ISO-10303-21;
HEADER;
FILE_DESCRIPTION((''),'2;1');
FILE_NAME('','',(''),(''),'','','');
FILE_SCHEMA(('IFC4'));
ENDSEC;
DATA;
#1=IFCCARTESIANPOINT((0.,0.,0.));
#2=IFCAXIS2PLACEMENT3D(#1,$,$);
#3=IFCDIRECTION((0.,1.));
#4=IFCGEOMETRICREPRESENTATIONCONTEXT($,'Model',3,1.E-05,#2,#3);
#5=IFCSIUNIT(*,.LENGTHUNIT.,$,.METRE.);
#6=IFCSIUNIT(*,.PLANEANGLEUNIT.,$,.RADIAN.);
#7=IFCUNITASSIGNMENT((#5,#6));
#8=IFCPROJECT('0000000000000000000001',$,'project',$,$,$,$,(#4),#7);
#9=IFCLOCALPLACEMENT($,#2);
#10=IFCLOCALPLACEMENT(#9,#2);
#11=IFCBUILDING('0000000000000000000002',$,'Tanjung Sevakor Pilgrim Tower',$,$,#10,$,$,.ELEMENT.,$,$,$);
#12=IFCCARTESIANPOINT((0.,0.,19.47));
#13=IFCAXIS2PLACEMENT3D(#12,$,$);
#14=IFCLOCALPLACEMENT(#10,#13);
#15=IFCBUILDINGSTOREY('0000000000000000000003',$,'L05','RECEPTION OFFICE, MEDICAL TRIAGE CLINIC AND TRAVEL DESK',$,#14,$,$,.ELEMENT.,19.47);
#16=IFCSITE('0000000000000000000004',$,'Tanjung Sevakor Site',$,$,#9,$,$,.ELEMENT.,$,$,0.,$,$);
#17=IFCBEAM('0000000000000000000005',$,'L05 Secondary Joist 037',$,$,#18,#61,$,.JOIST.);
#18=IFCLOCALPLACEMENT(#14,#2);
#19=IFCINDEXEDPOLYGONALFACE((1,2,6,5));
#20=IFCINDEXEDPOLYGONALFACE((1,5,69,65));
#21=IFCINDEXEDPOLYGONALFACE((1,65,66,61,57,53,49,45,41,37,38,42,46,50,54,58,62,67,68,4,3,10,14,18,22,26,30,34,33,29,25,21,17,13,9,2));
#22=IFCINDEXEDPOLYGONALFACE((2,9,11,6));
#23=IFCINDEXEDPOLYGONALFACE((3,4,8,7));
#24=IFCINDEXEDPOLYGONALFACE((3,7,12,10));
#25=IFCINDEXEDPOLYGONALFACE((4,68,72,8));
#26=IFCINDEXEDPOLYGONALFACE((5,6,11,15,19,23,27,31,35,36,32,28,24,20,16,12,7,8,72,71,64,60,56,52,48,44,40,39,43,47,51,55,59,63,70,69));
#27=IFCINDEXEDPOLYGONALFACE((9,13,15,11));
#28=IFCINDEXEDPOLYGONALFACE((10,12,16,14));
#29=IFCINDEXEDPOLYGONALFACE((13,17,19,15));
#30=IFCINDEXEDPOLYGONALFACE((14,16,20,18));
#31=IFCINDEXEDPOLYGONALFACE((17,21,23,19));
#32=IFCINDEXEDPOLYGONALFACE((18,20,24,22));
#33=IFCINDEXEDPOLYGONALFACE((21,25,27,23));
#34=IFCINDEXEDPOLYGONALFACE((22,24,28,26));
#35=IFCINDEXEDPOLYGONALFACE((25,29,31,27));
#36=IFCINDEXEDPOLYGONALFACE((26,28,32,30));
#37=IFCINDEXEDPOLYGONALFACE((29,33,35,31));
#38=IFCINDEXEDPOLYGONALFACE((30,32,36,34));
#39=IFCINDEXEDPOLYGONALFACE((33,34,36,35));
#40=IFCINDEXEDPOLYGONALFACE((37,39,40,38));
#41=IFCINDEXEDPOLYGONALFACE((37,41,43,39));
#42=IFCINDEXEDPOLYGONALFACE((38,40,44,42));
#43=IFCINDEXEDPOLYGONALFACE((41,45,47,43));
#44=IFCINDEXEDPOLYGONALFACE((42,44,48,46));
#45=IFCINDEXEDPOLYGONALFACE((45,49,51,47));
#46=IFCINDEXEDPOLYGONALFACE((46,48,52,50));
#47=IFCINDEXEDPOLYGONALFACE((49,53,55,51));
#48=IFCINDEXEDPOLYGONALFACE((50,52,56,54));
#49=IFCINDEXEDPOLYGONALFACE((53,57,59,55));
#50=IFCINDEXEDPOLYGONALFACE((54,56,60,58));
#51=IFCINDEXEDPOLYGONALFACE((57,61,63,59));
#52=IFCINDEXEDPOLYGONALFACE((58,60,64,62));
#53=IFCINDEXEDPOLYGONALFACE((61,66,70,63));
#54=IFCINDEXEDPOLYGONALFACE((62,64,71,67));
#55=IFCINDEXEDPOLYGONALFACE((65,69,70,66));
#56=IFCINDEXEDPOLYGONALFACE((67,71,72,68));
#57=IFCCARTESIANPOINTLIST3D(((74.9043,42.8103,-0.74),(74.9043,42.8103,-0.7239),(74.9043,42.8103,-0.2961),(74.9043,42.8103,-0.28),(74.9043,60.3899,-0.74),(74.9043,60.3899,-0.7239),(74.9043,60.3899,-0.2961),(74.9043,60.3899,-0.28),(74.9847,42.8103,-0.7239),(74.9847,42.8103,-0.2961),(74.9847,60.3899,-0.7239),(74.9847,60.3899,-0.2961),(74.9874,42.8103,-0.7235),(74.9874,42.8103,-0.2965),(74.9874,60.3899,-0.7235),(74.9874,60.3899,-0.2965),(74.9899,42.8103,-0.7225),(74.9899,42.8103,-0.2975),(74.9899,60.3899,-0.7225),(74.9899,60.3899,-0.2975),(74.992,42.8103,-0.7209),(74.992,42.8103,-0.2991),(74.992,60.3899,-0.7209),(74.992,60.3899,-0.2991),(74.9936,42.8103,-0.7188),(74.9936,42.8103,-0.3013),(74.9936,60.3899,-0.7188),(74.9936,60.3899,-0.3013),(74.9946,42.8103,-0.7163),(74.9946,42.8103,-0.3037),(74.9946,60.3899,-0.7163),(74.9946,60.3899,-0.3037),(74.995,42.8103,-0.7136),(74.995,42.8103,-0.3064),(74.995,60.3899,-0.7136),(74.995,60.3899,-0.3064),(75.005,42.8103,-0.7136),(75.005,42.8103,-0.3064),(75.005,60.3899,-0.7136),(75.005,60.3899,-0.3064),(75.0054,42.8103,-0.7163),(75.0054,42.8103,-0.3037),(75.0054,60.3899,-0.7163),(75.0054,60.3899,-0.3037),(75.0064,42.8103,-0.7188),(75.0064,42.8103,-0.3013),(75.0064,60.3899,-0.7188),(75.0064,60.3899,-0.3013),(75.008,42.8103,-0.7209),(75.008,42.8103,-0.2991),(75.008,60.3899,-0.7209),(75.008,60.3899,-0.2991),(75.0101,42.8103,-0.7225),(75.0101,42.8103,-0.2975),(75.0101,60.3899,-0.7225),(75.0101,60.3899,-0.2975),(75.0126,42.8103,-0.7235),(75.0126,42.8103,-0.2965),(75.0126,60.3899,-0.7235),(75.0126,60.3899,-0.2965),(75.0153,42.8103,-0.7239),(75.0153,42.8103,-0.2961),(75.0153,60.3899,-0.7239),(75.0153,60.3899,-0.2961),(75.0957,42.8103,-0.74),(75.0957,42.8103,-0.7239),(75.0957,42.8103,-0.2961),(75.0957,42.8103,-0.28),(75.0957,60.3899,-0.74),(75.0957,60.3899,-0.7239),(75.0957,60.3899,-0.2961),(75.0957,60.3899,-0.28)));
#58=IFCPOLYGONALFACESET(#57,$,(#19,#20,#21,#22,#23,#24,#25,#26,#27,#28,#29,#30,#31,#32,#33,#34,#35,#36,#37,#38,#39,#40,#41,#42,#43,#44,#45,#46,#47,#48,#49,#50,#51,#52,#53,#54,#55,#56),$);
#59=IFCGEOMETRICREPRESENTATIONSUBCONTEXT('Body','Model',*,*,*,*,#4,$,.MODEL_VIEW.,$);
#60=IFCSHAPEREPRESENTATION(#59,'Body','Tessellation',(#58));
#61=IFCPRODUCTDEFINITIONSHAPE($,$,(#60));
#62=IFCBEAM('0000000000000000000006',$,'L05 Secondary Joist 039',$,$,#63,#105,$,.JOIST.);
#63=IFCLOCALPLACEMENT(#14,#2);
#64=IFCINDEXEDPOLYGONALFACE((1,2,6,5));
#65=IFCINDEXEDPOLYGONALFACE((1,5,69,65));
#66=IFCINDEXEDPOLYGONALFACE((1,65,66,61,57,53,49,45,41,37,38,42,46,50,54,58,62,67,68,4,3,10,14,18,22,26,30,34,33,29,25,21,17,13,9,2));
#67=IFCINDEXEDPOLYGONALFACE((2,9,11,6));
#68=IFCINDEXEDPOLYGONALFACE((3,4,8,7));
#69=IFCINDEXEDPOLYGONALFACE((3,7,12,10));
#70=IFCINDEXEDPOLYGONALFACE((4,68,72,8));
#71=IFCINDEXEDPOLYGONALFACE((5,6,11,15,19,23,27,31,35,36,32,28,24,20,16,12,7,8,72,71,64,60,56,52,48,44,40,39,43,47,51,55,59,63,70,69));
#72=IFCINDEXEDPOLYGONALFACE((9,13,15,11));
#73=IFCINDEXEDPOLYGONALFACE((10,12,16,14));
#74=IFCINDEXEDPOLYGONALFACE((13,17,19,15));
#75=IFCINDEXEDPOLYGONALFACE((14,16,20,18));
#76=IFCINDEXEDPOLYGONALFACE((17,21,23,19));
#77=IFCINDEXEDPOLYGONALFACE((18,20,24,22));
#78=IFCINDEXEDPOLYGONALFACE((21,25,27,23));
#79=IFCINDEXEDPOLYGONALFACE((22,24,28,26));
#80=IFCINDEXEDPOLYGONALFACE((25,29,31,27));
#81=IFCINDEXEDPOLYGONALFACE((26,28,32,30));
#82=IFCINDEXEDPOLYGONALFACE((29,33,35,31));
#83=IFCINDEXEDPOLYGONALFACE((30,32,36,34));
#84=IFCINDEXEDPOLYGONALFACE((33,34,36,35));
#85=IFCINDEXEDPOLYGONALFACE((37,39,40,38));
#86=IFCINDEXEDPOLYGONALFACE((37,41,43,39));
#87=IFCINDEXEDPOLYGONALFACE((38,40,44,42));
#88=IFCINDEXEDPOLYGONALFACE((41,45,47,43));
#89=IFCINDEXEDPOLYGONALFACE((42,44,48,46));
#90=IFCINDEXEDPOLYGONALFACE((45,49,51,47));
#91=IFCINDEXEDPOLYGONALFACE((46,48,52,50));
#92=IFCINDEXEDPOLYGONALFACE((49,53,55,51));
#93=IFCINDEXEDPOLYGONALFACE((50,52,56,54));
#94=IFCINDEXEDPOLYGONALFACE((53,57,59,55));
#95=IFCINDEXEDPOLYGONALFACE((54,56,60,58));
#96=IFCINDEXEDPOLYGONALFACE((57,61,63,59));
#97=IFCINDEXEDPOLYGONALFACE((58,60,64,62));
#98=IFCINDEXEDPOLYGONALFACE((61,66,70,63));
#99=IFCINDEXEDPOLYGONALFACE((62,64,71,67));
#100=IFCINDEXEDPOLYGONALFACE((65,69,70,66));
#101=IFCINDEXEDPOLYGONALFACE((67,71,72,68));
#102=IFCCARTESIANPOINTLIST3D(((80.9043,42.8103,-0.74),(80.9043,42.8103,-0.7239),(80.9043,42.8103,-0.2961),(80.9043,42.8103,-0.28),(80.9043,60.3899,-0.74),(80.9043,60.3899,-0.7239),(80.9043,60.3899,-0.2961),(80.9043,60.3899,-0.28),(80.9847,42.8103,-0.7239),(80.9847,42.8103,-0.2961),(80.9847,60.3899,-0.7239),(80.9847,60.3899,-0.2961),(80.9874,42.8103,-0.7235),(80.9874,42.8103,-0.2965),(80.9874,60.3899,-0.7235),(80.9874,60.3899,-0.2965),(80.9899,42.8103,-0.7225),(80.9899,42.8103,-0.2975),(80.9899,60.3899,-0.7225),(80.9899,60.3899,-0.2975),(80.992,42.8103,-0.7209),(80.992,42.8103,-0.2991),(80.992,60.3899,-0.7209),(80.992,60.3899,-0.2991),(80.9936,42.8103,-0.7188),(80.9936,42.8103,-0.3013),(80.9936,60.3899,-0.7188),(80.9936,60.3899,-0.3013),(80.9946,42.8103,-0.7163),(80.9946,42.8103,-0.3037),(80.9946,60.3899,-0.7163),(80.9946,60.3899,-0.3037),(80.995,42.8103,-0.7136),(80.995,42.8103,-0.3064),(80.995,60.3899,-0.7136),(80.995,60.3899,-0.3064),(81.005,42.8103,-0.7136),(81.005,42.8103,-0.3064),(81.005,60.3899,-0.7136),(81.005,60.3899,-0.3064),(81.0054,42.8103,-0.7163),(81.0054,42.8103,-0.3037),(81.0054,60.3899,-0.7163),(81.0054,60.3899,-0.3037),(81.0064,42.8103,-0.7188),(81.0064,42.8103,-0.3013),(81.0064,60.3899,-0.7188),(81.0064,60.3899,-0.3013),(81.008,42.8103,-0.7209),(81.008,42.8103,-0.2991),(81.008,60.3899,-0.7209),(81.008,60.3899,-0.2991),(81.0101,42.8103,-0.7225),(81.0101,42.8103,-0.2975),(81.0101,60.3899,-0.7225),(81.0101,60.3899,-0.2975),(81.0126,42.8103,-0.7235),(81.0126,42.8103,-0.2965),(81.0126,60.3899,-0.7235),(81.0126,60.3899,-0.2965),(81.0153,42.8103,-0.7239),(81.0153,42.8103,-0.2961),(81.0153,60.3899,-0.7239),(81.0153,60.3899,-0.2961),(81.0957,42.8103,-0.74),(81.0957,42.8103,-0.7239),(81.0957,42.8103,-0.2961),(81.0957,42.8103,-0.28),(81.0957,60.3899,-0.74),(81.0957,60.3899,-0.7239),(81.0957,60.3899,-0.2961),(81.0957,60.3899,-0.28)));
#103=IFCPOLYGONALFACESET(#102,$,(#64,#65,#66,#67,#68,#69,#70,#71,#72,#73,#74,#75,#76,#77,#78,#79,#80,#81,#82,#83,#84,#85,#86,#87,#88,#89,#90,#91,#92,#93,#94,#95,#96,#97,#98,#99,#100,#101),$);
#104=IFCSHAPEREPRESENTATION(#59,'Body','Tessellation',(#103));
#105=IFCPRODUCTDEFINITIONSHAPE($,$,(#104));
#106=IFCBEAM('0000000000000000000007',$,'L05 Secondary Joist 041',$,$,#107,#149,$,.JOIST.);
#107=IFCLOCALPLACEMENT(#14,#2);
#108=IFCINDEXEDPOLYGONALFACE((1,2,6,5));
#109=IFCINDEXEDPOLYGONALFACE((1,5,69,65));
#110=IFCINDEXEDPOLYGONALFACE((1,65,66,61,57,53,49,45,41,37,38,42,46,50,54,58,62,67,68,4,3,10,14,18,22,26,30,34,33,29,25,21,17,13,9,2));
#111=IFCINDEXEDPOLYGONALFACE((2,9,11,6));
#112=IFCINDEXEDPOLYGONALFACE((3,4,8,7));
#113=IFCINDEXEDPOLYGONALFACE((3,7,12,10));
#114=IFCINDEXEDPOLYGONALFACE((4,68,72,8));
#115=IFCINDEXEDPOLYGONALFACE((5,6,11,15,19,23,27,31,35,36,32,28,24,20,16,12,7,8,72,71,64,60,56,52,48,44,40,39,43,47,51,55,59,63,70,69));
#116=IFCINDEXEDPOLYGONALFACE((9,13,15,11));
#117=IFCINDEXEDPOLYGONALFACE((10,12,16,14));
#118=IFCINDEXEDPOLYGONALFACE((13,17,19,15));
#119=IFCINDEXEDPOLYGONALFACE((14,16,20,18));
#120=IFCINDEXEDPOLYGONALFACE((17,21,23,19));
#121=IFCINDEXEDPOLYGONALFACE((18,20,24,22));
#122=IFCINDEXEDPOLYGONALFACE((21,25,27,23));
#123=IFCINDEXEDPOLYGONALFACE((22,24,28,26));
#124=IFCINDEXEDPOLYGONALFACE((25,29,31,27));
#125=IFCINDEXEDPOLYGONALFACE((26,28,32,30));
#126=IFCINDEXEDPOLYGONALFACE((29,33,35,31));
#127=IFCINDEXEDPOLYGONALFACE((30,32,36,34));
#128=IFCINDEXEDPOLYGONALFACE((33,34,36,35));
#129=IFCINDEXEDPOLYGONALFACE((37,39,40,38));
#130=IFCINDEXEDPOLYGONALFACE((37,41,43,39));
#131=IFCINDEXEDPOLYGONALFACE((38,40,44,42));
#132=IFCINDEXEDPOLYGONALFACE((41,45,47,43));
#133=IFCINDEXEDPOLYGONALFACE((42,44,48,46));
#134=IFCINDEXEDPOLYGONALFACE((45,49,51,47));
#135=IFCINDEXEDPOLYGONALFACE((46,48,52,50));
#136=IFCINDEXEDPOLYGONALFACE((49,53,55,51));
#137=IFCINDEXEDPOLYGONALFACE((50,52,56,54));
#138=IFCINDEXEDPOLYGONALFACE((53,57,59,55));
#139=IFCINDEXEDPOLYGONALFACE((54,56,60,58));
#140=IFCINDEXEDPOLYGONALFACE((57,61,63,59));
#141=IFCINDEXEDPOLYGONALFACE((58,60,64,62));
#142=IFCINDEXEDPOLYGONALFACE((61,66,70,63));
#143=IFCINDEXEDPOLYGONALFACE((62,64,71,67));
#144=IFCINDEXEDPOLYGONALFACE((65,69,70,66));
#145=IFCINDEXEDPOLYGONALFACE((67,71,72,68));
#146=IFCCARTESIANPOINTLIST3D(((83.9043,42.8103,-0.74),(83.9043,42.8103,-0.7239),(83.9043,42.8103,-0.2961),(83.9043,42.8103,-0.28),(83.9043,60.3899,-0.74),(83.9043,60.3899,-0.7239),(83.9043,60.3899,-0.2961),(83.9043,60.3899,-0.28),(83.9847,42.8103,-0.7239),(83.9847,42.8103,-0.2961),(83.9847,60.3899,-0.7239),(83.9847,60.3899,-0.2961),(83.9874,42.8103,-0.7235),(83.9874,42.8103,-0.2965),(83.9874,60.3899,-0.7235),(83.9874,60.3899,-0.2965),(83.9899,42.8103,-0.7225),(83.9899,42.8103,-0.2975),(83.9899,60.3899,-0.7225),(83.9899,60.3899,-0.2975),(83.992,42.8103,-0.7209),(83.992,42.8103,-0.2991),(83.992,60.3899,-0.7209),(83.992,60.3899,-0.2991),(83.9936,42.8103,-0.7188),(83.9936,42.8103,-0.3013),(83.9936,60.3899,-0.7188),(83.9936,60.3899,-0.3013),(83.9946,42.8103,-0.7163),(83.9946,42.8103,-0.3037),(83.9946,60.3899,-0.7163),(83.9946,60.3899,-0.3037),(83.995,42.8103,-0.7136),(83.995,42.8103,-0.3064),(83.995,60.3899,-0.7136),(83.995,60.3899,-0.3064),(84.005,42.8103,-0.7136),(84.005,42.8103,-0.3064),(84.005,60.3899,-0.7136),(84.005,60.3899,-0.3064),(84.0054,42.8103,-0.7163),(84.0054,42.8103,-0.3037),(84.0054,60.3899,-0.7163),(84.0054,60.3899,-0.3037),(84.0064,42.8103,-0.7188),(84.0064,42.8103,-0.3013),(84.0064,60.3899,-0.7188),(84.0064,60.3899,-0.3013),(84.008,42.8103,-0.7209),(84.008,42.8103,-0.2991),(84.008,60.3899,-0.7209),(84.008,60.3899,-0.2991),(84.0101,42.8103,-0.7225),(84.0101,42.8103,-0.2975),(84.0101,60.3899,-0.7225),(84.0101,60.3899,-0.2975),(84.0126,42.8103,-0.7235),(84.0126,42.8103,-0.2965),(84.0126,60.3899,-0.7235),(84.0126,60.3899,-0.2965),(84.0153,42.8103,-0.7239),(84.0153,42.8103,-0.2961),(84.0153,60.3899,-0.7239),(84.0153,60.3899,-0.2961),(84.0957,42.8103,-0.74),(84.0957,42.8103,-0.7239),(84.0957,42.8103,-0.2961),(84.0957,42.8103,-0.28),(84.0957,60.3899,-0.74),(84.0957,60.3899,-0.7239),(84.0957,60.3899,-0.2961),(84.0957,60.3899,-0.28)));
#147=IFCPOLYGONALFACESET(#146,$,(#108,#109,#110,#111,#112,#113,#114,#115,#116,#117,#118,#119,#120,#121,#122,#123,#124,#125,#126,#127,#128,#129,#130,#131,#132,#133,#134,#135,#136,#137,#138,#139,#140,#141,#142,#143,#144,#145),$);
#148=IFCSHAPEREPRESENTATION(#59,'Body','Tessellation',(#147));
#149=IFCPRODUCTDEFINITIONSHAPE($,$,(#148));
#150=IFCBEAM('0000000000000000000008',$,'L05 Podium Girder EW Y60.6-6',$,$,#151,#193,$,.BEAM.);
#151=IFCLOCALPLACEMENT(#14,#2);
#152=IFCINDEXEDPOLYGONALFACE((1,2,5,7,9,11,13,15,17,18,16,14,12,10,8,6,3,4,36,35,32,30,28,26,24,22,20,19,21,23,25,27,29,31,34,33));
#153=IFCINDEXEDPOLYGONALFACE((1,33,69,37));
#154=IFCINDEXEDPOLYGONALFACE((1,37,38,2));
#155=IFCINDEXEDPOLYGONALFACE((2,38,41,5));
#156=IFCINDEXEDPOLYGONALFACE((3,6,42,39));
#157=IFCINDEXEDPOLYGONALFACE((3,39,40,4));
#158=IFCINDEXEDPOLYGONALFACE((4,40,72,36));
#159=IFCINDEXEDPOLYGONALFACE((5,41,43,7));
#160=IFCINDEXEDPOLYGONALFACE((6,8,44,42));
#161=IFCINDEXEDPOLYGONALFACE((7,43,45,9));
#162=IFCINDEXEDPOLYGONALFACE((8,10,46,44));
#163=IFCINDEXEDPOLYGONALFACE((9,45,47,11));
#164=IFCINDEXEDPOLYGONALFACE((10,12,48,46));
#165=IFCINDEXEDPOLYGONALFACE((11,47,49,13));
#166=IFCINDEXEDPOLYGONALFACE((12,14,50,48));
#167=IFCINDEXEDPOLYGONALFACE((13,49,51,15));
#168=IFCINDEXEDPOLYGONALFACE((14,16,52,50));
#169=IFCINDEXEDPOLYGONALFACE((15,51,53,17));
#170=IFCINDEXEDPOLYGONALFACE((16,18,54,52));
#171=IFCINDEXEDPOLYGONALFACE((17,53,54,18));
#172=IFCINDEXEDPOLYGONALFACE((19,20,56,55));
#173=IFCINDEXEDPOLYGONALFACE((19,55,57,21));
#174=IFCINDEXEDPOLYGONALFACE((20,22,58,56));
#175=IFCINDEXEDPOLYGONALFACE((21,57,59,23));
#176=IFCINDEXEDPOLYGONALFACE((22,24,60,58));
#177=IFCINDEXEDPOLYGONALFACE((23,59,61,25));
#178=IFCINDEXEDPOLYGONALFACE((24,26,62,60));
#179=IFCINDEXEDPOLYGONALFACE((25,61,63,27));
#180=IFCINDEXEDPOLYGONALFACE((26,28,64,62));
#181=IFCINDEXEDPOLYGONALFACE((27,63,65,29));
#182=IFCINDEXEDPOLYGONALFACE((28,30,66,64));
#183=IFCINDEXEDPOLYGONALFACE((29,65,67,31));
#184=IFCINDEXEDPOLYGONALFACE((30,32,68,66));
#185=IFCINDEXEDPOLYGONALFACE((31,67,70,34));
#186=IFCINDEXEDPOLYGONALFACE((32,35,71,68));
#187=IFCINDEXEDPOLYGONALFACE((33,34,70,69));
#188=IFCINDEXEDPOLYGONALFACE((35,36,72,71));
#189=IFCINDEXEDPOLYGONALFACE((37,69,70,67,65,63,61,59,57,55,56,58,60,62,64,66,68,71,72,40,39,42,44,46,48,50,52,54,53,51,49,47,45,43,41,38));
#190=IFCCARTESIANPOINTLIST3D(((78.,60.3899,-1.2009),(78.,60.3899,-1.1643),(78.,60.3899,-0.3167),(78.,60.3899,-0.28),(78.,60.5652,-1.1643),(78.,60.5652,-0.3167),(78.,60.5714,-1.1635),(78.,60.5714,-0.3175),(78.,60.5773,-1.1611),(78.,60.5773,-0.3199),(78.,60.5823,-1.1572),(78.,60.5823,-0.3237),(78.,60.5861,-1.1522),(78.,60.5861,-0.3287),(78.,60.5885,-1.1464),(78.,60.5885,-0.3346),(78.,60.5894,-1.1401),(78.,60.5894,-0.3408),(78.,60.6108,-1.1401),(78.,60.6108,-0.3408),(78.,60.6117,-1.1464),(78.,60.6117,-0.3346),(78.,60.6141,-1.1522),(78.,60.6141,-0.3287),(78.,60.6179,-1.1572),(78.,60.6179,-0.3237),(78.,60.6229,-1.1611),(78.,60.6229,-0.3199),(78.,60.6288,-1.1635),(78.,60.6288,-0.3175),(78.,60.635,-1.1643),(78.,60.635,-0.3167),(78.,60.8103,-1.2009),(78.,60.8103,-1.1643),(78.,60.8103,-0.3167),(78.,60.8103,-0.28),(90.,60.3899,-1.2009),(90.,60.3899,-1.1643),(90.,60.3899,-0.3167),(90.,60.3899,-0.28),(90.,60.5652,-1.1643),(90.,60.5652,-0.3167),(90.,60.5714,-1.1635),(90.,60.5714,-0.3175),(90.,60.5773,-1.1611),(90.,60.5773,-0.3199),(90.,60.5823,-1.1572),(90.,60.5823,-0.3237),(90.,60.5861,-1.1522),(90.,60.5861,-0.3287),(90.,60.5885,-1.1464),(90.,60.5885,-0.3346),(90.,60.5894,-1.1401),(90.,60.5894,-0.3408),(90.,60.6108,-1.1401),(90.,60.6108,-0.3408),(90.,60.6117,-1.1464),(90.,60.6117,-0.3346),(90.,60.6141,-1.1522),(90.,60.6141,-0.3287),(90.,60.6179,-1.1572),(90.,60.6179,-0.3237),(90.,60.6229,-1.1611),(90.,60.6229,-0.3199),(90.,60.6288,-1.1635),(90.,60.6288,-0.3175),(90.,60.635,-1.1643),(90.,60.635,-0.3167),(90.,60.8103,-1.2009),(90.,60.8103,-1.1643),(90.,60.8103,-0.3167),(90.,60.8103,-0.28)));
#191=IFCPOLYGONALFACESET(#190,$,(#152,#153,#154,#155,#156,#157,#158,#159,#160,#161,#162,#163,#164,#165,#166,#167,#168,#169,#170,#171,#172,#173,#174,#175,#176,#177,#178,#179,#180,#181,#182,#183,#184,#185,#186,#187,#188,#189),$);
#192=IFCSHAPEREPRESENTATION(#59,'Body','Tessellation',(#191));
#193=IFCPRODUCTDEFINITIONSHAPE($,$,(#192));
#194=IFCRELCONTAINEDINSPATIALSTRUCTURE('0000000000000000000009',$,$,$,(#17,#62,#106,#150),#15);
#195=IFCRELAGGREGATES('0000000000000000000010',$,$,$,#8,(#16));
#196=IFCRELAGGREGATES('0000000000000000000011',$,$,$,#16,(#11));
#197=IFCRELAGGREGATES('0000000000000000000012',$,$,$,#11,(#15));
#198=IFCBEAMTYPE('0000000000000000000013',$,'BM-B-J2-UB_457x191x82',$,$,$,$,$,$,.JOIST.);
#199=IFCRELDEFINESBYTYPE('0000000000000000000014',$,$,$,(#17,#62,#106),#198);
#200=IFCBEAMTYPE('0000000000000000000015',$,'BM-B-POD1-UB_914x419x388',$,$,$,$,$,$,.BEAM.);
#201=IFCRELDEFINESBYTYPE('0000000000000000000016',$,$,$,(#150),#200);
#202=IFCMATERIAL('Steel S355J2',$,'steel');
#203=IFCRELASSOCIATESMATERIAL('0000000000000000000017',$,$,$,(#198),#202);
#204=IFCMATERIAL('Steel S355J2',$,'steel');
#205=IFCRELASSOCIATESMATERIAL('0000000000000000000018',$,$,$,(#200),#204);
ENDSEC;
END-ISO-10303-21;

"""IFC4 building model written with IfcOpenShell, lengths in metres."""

from ifc_helpers import new_model, si_unit, direction, frame, origin, origin_2d, place, context, subcontext, project, spatial, i_section, extrude, material, material_profile, profile_set, type_object, element, save


model = new_model("IFC4")

# Units and contexts
model_context = context("Model", 3, precision=1e-05, world=origin(), true_north=direction((0.0, 1.0)))
body_context = subcontext(model_context, "Body", "Model", "MODEL_VIEW")
ifc_project = project(units=[si_unit("LENGTHUNIT", "METRE"), si_unit("PLANEANGLEUNIT", "RADIAN")], contexts=[model_context])

# Site, building, storey
site_placement = place(None, origin())
site = spatial("IfcSite", under=ifc_project, at=site_placement, Name="Tanjung Sevakor Site", CompositionType="ELEMENT", RefElevation=0.0)
building_placement = place(site_placement, origin())
building = spatial("IfcBuilding", under=site, at=building_placement, Name="Tanjung Sevakor Pilgrim Tower", CompositionType="ELEMENT")
storey_placement = place(building_placement, frame((0.0, 0.0, 19.47)))
storey = spatial("IfcBuildingStorey", under=building, at=storey_placement, Name="L05", Description="RECEPTION OFFICE, MEDICAL TRIAGE CLINIC AND TRAVEL DESK", CompositionType="ELEMENT", Elevation=19.47)

# Beams
ifc_material_1 = material(Name="Steel S355J2", Category="steel")
ifc_material_profile_1 = material_profile(ifc_material_1, i_section(OverallWidth=0.1914, OverallDepth=0.46, WebThickness=0.01, FlangeThickness=0.0161, FilletRadius=0.0103, at=origin_2d()))
ifc_profile_set_1 = profile_set([ifc_material_profile_1], Name="Steel S355J2")
beam_type_1 = type_object("IfcBeamType", Name="BM-B-J2-UB_457x191x82", PredefinedType="JOIST", material=ifc_profile_set_1)
for number, where, z_axis, x_axis, name in (
    (1, (75.0, 42.8103, -0.51), (0.0, 1.0, 0.0), (-1.0, 0.0, 0.0), "L05 Secondary Joist 037"),
    (2, (81.0, 42.8103, -0.51), (0.0, 1.0, 0.0), (-1.0, 0.0, 0.0), "L05 Secondary Joist 039"),
    (3, (84.0, 42.8103, -0.51), (0.0, 1.0, 0.0), (-1.0, 0.0, 0.0), "L05 Secondary Joist 041"),
):
    element("IfcBeam", number, at=place(storey_placement, frame(where, z_axis=z_axis, x_axis=x_axis)), inside=storey, type_object=beam_type_1, Name=name, PredefinedType="JOIST", context=body_context, shape_type="SweptSolid", body=[
        extrude(i_section(OverallWidth=0.1914, OverallDepth=0.46, WebThickness=0.01, FlangeThickness=0.0161, FilletRadius=0.0103, at=origin_2d()), origin(), (0.0, 0.0, 1.0), 17.5796),
    ])
ifc_material_2 = material(Name="Steel S355J2", Category="steel")
ifc_material_profile_2 = material_profile(ifc_material_2, i_section(OverallWidth=0.4204, OverallDepth=0.9209, WebThickness=0.0215, FlangeThickness=0.0366, FilletRadius=0.0242, at=origin_2d()))
ifc_profile_set_2 = profile_set([ifc_material_profile_2], Name="Steel S355J2")
beam_type_2 = type_object("IfcBeamType", Name="BM-B-POD1-UB_914x419x388", PredefinedType="BEAM", material=ifc_profile_set_2)
beam_1_placement = place(storey_placement, frame((78.0, 60.6001, -0.7405), z_axis=(1.0, 0.0, 0.0), x_axis=(0.0, 1.0, 0.0)))
element("IfcBeam", 4, at=beam_1_placement, inside=storey, type_object=beam_type_2, Name="L05 Podium Girder EW Y60.6-6", PredefinedType="BEAM", context=body_context, shape_type="SweptSolid", body=[
    extrude(i_section(OverallWidth=0.4204, OverallDepth=0.9209, WebThickness=0.0215, FlangeThickness=0.0366, FilletRadius=0.0242, at=origin_2d()), origin(), (0.0, 0.0, 1.0), 12.0),
])

save(model, "model.ifc")
